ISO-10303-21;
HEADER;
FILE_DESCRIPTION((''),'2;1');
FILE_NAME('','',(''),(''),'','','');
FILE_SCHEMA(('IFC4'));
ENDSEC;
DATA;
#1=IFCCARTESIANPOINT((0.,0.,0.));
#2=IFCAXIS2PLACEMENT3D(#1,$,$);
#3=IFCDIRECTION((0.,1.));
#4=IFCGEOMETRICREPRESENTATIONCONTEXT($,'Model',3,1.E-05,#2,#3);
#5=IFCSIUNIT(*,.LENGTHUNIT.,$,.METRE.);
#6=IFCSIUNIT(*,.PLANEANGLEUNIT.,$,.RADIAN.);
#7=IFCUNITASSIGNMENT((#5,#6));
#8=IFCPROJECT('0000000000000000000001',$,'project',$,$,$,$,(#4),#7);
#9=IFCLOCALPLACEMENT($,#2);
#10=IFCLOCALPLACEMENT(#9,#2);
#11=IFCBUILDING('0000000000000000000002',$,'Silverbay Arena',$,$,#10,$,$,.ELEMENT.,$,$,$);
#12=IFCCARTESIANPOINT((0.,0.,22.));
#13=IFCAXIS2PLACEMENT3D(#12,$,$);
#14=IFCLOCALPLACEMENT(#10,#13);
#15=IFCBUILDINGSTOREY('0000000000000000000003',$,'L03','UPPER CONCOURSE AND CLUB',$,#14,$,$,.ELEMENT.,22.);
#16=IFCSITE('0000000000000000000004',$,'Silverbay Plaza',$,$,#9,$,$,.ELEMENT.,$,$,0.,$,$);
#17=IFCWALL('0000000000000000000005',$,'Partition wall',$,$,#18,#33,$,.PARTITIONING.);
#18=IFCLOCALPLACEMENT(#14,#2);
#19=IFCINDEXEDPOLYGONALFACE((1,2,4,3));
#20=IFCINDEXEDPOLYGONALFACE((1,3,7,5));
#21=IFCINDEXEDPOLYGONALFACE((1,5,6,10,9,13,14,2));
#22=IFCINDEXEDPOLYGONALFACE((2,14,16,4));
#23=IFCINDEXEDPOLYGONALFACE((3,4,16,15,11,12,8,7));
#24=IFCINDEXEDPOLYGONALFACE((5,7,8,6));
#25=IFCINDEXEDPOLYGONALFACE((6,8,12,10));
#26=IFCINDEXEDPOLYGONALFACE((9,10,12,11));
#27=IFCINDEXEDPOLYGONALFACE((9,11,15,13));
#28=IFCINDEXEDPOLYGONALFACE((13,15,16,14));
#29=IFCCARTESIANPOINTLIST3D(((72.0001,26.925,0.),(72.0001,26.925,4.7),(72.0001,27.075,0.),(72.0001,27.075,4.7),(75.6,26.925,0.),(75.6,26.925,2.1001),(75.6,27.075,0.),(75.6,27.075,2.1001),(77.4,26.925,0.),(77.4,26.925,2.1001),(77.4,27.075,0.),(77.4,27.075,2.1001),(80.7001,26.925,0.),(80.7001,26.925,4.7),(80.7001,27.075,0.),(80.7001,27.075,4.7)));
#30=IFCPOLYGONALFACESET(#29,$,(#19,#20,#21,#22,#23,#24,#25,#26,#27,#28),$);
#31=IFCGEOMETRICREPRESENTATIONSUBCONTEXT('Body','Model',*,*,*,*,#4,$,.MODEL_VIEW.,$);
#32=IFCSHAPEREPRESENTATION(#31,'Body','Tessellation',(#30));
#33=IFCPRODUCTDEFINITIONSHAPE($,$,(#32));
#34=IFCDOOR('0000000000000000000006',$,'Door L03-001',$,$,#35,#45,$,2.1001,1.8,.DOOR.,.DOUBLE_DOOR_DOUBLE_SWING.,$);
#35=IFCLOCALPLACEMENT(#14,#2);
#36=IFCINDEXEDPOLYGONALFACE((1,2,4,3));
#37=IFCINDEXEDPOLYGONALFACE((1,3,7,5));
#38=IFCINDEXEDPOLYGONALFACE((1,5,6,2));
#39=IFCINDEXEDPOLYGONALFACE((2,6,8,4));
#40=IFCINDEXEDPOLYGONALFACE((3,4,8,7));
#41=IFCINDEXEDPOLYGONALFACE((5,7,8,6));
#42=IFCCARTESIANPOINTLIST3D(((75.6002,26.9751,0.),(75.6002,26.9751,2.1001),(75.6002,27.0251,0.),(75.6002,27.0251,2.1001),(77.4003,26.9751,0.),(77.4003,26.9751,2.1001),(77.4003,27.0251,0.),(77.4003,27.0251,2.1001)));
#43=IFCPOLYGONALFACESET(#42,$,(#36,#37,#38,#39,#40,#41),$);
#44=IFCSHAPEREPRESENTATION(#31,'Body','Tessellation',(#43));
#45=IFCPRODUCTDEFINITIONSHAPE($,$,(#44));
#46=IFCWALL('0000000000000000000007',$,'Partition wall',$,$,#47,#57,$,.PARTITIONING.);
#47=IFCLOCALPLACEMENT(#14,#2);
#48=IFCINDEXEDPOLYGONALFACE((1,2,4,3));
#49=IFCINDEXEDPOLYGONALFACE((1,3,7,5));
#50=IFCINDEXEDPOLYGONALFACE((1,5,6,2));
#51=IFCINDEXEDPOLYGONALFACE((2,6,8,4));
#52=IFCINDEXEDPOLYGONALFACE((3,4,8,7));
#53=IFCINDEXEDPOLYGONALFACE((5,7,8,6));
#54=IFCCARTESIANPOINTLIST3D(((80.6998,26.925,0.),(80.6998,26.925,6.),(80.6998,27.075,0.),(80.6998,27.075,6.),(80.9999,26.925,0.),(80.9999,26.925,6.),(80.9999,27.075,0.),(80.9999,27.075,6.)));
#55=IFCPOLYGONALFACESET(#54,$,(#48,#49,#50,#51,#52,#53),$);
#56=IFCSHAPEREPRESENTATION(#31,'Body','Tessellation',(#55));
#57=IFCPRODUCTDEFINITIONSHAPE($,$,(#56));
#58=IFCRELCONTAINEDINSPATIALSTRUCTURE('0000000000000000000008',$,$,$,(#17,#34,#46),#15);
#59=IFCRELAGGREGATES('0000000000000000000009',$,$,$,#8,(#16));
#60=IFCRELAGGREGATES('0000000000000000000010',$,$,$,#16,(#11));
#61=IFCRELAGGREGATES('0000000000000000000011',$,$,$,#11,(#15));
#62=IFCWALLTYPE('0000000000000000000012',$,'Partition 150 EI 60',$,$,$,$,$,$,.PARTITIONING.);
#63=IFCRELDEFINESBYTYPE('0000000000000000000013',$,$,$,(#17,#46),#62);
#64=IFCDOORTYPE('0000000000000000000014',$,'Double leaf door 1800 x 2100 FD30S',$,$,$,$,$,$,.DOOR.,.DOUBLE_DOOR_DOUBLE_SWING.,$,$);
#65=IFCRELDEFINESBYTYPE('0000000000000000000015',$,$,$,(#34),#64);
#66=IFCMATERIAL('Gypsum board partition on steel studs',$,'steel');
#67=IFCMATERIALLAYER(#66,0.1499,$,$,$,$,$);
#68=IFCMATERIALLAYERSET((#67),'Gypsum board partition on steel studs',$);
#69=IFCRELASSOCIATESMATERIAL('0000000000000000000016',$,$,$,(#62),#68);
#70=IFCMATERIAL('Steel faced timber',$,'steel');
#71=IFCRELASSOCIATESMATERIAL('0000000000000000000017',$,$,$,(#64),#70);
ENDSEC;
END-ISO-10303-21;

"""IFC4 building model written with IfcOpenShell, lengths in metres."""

from ifc_helpers import new_model, si_unit, direction, frame, frame_2d, origin, place, context, subcontext, project, spatial, rectangle, extrude, material, layer, layer_set, type_object, element, fill, save


model = new_model("IFC4")

# Units and contexts
model_context = context("Model", 3, precision=1e-05, world=origin(), true_north=direction((0.0, 1.0)))
body_context = subcontext(model_context, "Body", "Model", "MODEL_VIEW")
ifc_project = project(units=[si_unit("LENGTHUNIT", "METRE"), si_unit("PLANEANGLEUNIT", "RADIAN")], contexts=[model_context])

# Site, building, storey
site_placement = place(None, origin())
site = spatial("IfcSite", under=ifc_project, at=site_placement, Name="Silverbay Plaza", CompositionType="ELEMENT", RefElevation=0.0)
building_placement = place(site_placement, origin())
building = spatial("IfcBuilding", under=site, at=building_placement, Name="Silverbay Arena", CompositionType="ELEMENT")
storey_placement = place(building_placement, frame((0.0, 0.0, 22.0)))
storey = spatial("IfcBuildingStorey", under=building, at=storey_placement, Name="L03", Description="UPPER CONCOURSE AND CLUB", CompositionType="ELEMENT", Elevation=22.0)

# Wall, opening, door
ifc_material_1 = material(Name="Gypsum board partition on steel studs", Category="steel")
ifc_layer_1 = layer(ifc_material_1, 0.1499)
ifc_layer_set_1 = layer_set([ifc_layer_1], Name="Gypsum board partition on steel studs")
wall_type_1 = type_object("IfcWallType", Name="Partition 150 EI 60", PredefinedType="PARTITIONING", material=ifc_layer_set_1)
wall_1_placement = place(storey_placement, frame((72.0, 27.0, 0.0), z_axis=(0.0, 0.0, 1.0), x_axis=(1.0, 0.0, 0.0)))
wall_1 = element("IfcWall", 1, at=wall_1_placement, inside=storey, type_object=wall_type_1, Name="Partition wall", PredefinedType="PARTITIONING", context=body_context, shape_type="SweptSolid", body=[
    extrude(rectangle(XDim=8.7, YDim=0.1499, at=frame_2d((4.3501, 0.0))), origin(), (0.0, 0.0, 1.0), 4.7),
])
opening_1_placement = place(wall_1_placement, frame((3.6001, 0.0, 0.0)))
opening_1 = element("IfcOpeningElement", 2, at=opening_1_placement, cuts=wall_1, PredefinedType="OPENING", context=body_context, shape_type="SweptSolid", body=[
    extrude(rectangle(XDim=1.8, YDim=2.1001, at=frame_2d((0.8999, 1.05))), frame((0.0, 0.085, 0.0), z_axis=(0.0, -1.0, 0.0), x_axis=(1.0, 0.0, 0.0)), (0.0, 0.0, 1.0), 0.1699),
])
ifc_material_2 = material(Name="Steel faced timber", Category="steel")
door_type_1 = type_object("IfcDoorType", Name="Double leaf door 1800 x 2100 FD30S", OperationType="DOUBLE_DOOR_DOUBLE_SWING", PredefinedType="DOOR", material=ifc_material_2)
door_1_placement = place(opening_1_placement, frame((1.8, 0.0, 0.0), z_axis=(0.0, 0.0, 1.0), x_axis=(-1.0, 0.0, 0.0)))
door_1 = element("IfcDoor", 3, at=door_1_placement, inside=storey, type_object=door_type_1, Name="Door L03-001", OperationType="DOUBLE_DOOR_DOUBLE_SWING", OverallHeight=2.1001, OverallWidth=1.8, PredefinedType="DOOR", context=body_context, shape_type="SweptSolid", body=[
    extrude(rectangle(XDim=1.8, YDim=2.1001, at=frame_2d((0.8999, 1.05))), frame((0.0, 0.0249, 0.0), z_axis=(0.0, -1.0, 0.0), x_axis=(1.0, 0.0, 0.0)), (0.0, 0.0, 1.0), 0.05),
])
fill(opening_1, door_1)

# Wall
wall_2_placement = place(storey_placement, frame((80.7, 27.0, 0.0), z_axis=(0.0, 0.0, 1.0), x_axis=(1.0, 0.0, 0.0)))
element("IfcWall", 4, at=wall_2_placement, inside=storey, type_object=wall_type_1, Name="Partition wall", PredefinedType="PARTITIONING", context=body_context, shape_type="SweptSolid", body=[
    extrude(rectangle(XDim=0.3, YDim=0.1499, at=frame_2d((0.1499, 0.0))), origin(), (0.0, 0.0, 1.0), 6.0),
])

save(model, "model.ifc")
